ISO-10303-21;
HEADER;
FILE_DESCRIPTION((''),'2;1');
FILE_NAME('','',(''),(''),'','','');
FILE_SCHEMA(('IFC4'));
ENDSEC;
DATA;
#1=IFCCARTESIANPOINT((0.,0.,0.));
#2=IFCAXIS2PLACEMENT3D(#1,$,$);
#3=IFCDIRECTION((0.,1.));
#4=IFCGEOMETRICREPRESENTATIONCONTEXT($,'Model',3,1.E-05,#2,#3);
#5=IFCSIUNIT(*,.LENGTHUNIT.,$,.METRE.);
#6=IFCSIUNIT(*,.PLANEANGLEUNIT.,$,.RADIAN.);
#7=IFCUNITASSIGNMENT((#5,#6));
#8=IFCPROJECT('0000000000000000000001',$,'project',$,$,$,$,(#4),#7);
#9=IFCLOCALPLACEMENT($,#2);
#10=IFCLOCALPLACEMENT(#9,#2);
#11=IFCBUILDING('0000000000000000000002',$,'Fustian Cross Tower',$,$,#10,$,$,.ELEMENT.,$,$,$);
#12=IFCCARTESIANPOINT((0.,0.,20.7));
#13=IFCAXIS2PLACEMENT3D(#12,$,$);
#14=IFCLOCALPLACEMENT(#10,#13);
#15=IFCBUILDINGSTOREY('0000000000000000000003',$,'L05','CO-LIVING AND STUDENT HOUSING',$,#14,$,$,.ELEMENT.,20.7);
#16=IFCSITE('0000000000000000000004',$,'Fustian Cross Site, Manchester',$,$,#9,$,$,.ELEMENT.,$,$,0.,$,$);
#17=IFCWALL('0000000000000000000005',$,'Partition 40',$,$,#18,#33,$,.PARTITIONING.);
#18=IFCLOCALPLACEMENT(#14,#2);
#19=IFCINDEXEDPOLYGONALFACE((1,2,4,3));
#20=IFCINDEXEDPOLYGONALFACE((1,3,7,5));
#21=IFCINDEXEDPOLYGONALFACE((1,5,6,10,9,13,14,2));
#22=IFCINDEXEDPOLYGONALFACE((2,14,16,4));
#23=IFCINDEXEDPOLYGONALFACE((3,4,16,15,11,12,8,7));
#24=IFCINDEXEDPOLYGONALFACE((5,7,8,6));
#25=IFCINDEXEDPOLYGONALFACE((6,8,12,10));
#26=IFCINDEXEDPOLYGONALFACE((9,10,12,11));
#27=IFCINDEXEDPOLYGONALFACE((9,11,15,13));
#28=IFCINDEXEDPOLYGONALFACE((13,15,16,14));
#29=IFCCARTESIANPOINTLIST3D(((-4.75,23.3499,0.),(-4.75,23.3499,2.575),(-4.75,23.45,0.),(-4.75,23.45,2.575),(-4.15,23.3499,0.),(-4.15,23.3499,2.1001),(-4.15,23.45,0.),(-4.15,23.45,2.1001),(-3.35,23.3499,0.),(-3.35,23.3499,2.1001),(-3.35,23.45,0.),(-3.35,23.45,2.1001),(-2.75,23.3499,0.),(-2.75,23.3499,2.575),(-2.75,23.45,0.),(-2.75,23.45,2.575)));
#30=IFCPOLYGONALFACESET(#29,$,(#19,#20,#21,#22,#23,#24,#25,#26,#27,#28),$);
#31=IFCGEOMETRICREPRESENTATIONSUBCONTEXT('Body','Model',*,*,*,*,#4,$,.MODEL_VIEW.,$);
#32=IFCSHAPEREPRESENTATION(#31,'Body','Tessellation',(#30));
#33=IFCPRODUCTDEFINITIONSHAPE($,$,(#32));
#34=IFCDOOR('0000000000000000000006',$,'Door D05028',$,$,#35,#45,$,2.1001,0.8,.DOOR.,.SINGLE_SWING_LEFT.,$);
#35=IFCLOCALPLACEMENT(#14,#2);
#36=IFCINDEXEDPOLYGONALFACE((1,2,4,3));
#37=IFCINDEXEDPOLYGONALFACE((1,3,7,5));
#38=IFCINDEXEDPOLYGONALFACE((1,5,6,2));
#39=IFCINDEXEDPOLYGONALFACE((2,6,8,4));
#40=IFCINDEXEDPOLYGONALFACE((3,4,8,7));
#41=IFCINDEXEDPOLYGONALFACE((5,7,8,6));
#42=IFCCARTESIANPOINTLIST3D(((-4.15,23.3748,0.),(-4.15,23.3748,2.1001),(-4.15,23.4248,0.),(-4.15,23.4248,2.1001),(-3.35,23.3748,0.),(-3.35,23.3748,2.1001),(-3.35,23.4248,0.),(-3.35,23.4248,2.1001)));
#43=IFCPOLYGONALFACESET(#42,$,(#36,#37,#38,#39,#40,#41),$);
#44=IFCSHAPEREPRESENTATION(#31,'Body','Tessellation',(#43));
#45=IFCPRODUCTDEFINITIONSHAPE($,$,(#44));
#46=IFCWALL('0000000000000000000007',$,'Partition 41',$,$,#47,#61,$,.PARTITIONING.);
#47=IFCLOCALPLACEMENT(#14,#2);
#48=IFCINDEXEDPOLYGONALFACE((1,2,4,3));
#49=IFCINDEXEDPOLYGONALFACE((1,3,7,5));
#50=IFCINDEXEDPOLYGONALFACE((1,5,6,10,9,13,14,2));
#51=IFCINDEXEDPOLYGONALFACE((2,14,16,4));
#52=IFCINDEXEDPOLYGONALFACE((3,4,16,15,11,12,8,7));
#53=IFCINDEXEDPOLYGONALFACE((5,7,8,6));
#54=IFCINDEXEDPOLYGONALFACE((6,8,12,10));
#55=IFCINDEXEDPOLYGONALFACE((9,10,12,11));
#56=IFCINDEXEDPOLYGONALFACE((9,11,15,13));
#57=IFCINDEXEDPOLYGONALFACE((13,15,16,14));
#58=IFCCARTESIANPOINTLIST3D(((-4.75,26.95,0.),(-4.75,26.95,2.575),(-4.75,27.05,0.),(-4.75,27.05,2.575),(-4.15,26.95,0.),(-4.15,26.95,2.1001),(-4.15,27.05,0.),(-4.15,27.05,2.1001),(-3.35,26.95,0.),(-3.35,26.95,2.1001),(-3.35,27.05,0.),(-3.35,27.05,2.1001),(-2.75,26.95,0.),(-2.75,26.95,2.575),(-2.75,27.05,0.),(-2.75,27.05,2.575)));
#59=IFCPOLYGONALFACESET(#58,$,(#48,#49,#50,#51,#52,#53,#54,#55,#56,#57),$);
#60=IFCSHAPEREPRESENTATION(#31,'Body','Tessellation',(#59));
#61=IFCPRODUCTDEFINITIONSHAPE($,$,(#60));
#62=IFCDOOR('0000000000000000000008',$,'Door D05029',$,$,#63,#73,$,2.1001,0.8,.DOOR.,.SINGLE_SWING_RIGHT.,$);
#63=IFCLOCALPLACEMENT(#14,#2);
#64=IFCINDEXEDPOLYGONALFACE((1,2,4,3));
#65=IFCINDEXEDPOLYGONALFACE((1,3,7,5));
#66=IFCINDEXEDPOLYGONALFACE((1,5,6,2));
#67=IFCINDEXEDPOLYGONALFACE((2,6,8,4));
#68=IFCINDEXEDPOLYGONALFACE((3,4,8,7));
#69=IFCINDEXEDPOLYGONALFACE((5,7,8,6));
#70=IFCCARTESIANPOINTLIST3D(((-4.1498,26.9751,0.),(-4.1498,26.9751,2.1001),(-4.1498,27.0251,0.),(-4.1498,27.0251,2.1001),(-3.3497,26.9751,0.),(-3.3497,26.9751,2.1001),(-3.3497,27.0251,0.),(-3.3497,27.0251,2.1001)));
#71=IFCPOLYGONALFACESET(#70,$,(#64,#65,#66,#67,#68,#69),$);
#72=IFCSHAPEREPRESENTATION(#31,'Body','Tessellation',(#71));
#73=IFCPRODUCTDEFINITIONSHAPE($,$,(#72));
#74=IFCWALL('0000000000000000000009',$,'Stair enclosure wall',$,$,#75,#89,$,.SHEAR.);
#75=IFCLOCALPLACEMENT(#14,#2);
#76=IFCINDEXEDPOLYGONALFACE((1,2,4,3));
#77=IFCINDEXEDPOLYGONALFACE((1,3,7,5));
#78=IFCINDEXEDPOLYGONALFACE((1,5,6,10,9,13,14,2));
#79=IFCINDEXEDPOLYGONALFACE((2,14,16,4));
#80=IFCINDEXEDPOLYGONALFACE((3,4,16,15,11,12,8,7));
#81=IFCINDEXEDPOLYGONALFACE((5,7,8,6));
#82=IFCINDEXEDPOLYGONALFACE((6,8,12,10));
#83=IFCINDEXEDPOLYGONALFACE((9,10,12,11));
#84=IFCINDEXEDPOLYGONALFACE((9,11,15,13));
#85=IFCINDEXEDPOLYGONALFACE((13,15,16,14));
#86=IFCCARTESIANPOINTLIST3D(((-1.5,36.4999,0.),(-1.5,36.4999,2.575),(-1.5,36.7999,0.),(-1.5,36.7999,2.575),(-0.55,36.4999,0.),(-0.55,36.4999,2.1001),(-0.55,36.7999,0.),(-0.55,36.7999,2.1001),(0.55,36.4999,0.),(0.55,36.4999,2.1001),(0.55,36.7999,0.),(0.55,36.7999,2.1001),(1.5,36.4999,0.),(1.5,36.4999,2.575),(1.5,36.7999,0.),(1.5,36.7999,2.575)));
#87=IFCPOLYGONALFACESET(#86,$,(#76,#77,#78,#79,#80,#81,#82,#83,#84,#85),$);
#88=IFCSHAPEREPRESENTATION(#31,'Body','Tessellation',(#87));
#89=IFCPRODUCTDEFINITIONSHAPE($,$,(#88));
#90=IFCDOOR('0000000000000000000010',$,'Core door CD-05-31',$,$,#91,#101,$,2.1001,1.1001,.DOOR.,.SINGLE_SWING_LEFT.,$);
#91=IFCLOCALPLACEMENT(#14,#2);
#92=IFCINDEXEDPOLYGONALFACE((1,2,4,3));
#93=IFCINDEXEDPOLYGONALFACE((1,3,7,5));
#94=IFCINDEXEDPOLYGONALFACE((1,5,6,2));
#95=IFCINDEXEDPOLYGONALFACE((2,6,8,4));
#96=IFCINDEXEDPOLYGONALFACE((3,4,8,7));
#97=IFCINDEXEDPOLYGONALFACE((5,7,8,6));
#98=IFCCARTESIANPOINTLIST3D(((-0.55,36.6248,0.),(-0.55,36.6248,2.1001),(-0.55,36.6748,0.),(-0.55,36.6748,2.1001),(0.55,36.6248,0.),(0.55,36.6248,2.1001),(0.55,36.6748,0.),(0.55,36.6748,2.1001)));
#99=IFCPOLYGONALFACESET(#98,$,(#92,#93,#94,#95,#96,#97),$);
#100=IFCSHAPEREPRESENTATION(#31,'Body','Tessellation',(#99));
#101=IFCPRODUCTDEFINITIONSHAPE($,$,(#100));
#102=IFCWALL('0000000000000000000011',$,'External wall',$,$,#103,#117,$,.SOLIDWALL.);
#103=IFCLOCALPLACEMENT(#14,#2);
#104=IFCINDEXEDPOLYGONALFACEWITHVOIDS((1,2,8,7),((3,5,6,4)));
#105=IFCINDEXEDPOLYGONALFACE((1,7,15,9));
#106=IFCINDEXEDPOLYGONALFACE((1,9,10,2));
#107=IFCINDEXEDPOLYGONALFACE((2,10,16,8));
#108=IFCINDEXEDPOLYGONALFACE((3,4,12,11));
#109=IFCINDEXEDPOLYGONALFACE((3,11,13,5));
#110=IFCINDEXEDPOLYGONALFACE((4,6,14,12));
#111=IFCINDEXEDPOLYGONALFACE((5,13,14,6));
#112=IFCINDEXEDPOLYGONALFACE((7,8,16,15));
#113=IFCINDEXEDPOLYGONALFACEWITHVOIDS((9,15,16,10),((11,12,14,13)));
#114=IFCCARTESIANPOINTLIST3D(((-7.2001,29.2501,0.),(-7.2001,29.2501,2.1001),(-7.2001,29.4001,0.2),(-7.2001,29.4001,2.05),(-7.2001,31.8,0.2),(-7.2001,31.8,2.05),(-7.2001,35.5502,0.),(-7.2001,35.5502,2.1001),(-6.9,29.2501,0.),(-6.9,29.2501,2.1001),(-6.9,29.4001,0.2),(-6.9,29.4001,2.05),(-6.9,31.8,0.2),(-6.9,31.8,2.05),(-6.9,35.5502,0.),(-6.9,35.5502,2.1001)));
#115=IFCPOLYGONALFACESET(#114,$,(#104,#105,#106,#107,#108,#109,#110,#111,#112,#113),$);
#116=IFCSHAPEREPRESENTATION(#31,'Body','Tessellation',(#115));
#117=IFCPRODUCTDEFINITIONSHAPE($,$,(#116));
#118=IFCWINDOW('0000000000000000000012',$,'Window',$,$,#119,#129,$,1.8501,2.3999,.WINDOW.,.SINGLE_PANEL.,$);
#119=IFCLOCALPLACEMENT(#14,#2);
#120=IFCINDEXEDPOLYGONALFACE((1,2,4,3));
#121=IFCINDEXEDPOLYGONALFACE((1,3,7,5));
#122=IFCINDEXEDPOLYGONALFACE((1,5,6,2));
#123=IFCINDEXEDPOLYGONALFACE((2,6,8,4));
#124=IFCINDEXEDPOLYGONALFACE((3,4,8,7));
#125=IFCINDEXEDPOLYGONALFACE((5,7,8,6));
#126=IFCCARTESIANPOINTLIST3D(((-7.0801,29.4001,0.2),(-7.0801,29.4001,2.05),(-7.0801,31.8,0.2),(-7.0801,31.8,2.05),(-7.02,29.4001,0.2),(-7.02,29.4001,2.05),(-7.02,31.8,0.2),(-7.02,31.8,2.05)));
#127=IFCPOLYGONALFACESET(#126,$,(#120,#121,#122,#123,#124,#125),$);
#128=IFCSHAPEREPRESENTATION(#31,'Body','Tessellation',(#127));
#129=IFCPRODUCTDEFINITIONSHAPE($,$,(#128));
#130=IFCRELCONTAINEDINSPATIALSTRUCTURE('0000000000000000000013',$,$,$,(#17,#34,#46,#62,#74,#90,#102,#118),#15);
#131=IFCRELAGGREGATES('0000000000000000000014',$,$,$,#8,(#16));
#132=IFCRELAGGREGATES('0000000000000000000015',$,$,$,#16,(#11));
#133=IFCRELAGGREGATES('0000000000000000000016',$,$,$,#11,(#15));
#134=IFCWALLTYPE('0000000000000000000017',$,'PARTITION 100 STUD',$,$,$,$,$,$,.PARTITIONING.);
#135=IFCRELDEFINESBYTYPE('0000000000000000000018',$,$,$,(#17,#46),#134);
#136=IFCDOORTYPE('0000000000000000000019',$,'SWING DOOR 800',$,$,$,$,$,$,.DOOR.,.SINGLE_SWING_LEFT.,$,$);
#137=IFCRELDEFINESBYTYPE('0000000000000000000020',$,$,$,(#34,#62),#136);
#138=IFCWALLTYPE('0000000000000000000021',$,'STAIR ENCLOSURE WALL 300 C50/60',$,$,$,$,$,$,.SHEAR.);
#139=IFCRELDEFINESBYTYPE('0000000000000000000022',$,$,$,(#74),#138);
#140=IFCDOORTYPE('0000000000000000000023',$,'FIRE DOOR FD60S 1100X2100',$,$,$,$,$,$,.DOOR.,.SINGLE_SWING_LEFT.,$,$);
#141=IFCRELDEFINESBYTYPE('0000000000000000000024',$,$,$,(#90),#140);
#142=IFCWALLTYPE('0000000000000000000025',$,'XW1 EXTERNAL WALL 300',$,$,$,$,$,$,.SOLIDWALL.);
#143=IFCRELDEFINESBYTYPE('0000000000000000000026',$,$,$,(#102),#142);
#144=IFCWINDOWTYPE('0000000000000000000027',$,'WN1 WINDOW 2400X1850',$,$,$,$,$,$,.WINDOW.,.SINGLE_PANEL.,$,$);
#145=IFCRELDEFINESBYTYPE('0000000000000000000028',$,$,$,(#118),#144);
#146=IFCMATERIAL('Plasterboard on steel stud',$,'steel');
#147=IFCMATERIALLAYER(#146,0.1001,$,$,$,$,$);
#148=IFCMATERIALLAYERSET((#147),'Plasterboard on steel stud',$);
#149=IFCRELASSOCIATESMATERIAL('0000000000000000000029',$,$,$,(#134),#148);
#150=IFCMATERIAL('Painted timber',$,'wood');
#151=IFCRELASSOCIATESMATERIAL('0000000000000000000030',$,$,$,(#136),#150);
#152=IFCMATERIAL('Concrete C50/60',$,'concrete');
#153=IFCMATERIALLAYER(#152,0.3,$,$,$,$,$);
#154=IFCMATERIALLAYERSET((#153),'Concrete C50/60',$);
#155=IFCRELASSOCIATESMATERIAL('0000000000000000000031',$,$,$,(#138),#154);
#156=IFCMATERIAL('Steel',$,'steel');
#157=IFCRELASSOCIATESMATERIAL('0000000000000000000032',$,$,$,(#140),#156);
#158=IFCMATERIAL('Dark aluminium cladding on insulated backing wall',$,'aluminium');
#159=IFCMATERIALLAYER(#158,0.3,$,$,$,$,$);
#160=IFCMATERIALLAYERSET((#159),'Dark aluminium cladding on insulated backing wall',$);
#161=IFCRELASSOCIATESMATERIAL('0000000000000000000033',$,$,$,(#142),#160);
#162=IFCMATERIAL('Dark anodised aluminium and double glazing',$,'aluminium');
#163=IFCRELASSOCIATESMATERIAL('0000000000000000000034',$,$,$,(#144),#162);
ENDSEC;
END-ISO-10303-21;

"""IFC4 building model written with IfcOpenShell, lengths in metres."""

from ifc_helpers import new_model, si_unit, direction, frame, frame_2d, origin, place, context, subcontext, project, spatial, rectangle, extrude, material, layer, layer_set, type_object, element, fill, save


model = new_model("IFC4")

# Units and contexts
model_context = context("Model", 3, precision=1e-05, world=origin(), true_north=direction((0.0, 1.0)))
body_context = subcontext(model_context, "Body", "Model", "MODEL_VIEW")
ifc_project = project(units=[si_unit("LENGTHUNIT", "METRE"), si_unit("PLANEANGLEUNIT", "RADIAN")], contexts=[model_context])

# Site, building, storey
site_placement = place(None, origin())
site = spatial("IfcSite", under=ifc_project, at=site_placement, Name="Fustian Cross Site, Manchester", CompositionType="ELEMENT", RefElevation=0.0)
building_placement = place(site_placement, origin())
building = spatial("IfcBuilding", under=site, at=building_placement, Name="Fustian Cross Tower", CompositionType="ELEMENT")
storey_placement = place(building_placement, frame((0.0, 0.0, 20.7)))
storey = spatial("IfcBuildingStorey", under=building, at=storey_placement, Name="L05", Description="CO-LIVING AND STUDENT HOUSING", CompositionType="ELEMENT", Elevation=20.7)

# Shared definitions
ifc_material_1 = material(Name="Plasterboard on steel stud", Category="steel")
ifc_layer_1 = layer(ifc_material_1, 0.1001)
ifc_layer_set_1 = layer_set([ifc_layer_1], Name="Plasterboard on steel stud")
wall_type_1 = type_object("IfcWallType", Name="PARTITION 100 STUD", PredefinedType="PARTITIONING", material=ifc_layer_set_1)

# Shared definitions
ifc_material_2 = material(Name="Painted timber", Category="wood")
door_type_1 = type_object("IfcDoorType", Name="SWING DOOR 800", OperationType="SINGLE_SWING_LEFT", PredefinedType="DOOR", material=ifc_material_2)

# Walls, openings, doors
wall_1_placement = place(storey_placement, frame((-4.75, 23.3999, 0.0), z_axis=(0.0, 0.0, 1.0), x_axis=(1.0, 0.0, 0.0)))
wall_1 = element("IfcWall", 1, at=wall_1_placement, inside=storey, type_object=wall_type_1, Name="Partition 40", PredefinedType="PARTITIONING", context=body_context, shape_type="SweptSolid", body=[
    extrude(rectangle(XDim=2.0, YDim=0.1001, at=frame_2d((1.0, 0.0))), origin(), (0.0, 0.0, 1.0), 2.575),
])
opening_1_placement = place(wall_1_placement, frame((0.6001, 0.0, 0.0)))
opening_1 = element("IfcOpeningElement", 2, at=opening_1_placement, cuts=wall_1, PredefinedType="OPENING", context=body_context, shape_type="SweptSolid", body=[
    extrude(rectangle(XDim=0.8, YDim=2.1001, at=frame_2d((0.3999, 1.05))), frame((0.0, 0.0601, 0.0), z_axis=(0.0, -1.0, 0.0), x_axis=(1.0, 0.0, 0.0)), (0.0, 0.0, 1.0), 0.1201),
])
door_1_placement = place(opening_1_placement, origin())
door_1 = element("IfcDoor", 3, at=door_1_placement, inside=storey, type_object=door_type_1, Name="Door D05028", OperationType="SINGLE_SWING_LEFT", OverallHeight=2.1001, OverallWidth=0.8, PredefinedType="DOOR", context=body_context, shape_type="SweptSolid", body=[
    extrude(rectangle(XDim=0.8, YDim=2.1001, at=frame_2d((0.3999, 1.05))), frame((0.0, 0.0249, 0.0), z_axis=(0.0, -1.0, 0.0), x_axis=(1.0, 0.0, 0.0)), (0.0, 0.0, 1.0), 0.05),
])
fill(opening_1, door_1)
wall_2_placement = place(storey_placement, frame((-4.75, 27.0, 0.0), z_axis=(0.0, 0.0, 1.0), x_axis=(1.0, 0.0, 0.0)))
wall_2 = element("IfcWall", 4, at=wall_2_placement, inside=storey, type_object=wall_type_1, Name="Partition 41", PredefinedType="PARTITIONING", context=body_context, shape_type="SweptSolid", body=[
    extrude(rectangle(XDim=2.0, YDim=0.1001, at=frame_2d((1.0, 0.0))), origin(), (0.0, 0.0, 1.0), 2.575),
])
opening_2_placement = place(wall_2_placement, frame((0.6001, 0.0, 0.0)))
opening_2 = element("IfcOpeningElement", 5, at=opening_2_placement, cuts=wall_2, PredefinedType="OPENING", context=body_context, shape_type="SweptSolid", body=[
    extrude(rectangle(XDim=0.8, YDim=2.1001, at=frame_2d((0.3999, 1.05))), frame((0.0, 0.0601, 0.0), z_axis=(0.0, -1.0, 0.0), x_axis=(1.0, 0.0, 0.0)), (0.0, 0.0, 1.0), 0.1201),
])
door_2_placement = place(opening_2_placement, frame((0.8, 0.0, 0.0), z_axis=(0.0, 0.0, 1.0), x_axis=(-1.0, 0.0, 0.0)))
door_2 = element("IfcDoor", 6, at=door_2_placement, inside=storey, type_object=door_type_1, Name="Door D05029", OperationType="SINGLE_SWING_RIGHT", OverallHeight=2.1001, OverallWidth=0.8, PredefinedType="DOOR", context=body_context, shape_type="SweptSolid", body=[
    extrude(rectangle(XDim=0.8, YDim=2.1001, at=frame_2d((0.3999, 1.05))), frame((0.0, 0.0249, 0.0), z_axis=(0.0, -1.0, 0.0), x_axis=(1.0, 0.0, 0.0)), (0.0, 0.0, 1.0), 0.05),
])
fill(opening_2, door_2)
ifc_material_3 = material(Name="Concrete C50/60", Category="concrete")
ifc_layer_2 = layer(ifc_material_3, 0.3)
ifc_layer_set_2 = layer_set([ifc_layer_2], Name="Concrete C50/60")
wall_type_2 = type_object("IfcWallType", Name="STAIR ENCLOSURE WALL 300 C50/60", PredefinedType="SHEAR", material=ifc_layer_set_2)
wall_3_placement = place(storey_placement, frame((-1.5, 36.6499, 0.0), z_axis=(0.0, 0.0, 1.0), x_axis=(1.0, 0.0, 0.0)))
wall_3 = element("IfcWall", 7, at=wall_3_placement, inside=storey, type_object=wall_type_2, Name="Stair enclosure wall", PredefinedType="SHEAR", context=body_context, shape_type="SweptSolid", body=[
    extrude(rectangle(XDim=3.0, YDim=0.3, at=frame_2d((1.5, 0.0))), origin(), (0.0, 0.0, 1.0), 2.575),
])
opening_3_placement = place(wall_3_placement, frame((0.95, 0.0, 0.0)))
opening_3 = element("IfcOpeningElement", 8, at=opening_3_placement, cuts=wall_3, PredefinedType="OPENING", context=body_context, shape_type="SweptSolid", body=[
    extrude(rectangle(XDim=1.1001, YDim=2.1001, at=frame_2d((0.55, 1.05))), frame((0.0, 0.1599, 0.0), z_axis=(0.0, -1.0, 0.0), x_axis=(1.0, 0.0, 0.0)), (0.0, 0.0, 1.0), 0.3201),
])
ifc_material_4 = material(Name="Steel", Category="steel")
door_type_2 = type_object("IfcDoorType", Name="FIRE DOOR FD60S 1100X2100", OperationType="SINGLE_SWING_LEFT", PredefinedType="DOOR", material=ifc_material_4)
door_3_placement = place(opening_3_placement, origin())
door_3 = element("IfcDoor", 9, at=door_3_placement, inside=storey, type_object=door_type_2, Name="Core door CD-05-31", OperationType="SINGLE_SWING_LEFT", OverallHeight=2.1001, OverallWidth=1.1001, PredefinedType="DOOR", context=body_context, shape_type="SweptSolid", body=[
    extrude(rectangle(XDim=1.1001, YDim=2.1001, at=frame_2d((0.55, 1.05))), frame((0.0, 0.0249, 0.0), z_axis=(0.0, -1.0, 0.0), x_axis=(1.0, 0.0, 0.0)), (0.0, 0.0, 1.0), 0.05),
])
fill(opening_3, door_3)

# Wall, opening, window
ifc_material_5 = material(Name="Dark aluminium cladding on insulated backing wall", Category="aluminium")
ifc_layer_3 = layer(ifc_material_5, 0.3)
ifc_layer_set_3 = layer_set([ifc_layer_3], Name="Dark aluminium cladding on insulated backing wall")
wall_type_3 = type_object("IfcWallType", Name="XW1 EXTERNAL WALL 300", PredefinedType="SOLIDWALL", material=ifc_layer_set_3)
wall_4_placement = place(storey_placement, frame((-7.05, 35.55, 0.0), z_axis=(0.0, 0.0, 1.0), x_axis=(0.0, -1.0, 0.0)))
wall_4 = element("IfcWall", 10, at=wall_4_placement, inside=storey, type_object=wall_type_3, Name="External wall", PredefinedType="SOLIDWALL", context=body_context, shape_type="SweptSolid", body=[
    extrude(rectangle(XDim=6.3, YDim=0.3, at=frame_2d((3.1499, 0.0))), origin(), (0.0, 0.0, 1.0), 2.1001),
])
opening_4_placement = place(wall_4_placement, frame((3.75, 0.0, 0.2)))
opening_4 = element("IfcOpeningElement", 11, at=opening_4_placement, cuts=wall_4, PredefinedType="OPENING", context=body_context, shape_type="SweptSolid", body=[
    extrude(rectangle(XDim=2.3999, YDim=1.8501, at=frame_2d((1.2, 0.925))), frame((0.0, 0.1599, 0.0), z_axis=(0.0, -1.0, 0.0), x_axis=(1.0, 0.0, 0.0)), (0.0, 0.0, 1.0), 0.3201),
])
ifc_material_6 = material(Name="Dark anodised aluminium and double glazing", Category="aluminium")
window_type = type_object("IfcWindowType", Name="WN1 WINDOW 2400X1850", PartitioningType="SINGLE_PANEL", PredefinedType="WINDOW", material=ifc_material_6)
window_1_placement = place(opening_4_placement, origin())
window_1 = element("IfcWindow", 12, at=window_1_placement, inside=storey, type_object=window_type, Name="Window", OverallHeight=1.8501, OverallWidth=2.3999, PartitioningType="SINGLE_PANEL", PredefinedType="WINDOW", context=body_context, shape_type="SweptSolid", body=[
    extrude(rectangle(XDim=2.3999, YDim=1.8501, at=frame_2d((1.2, 0.925))), frame((0.0, 0.03, 0.0), z_axis=(0.0, -1.0, 0.0), x_axis=(1.0, 0.0, 0.0)), (0.0, 0.0, 1.0), 0.0601),
])
fill(opening_4, window_1)

save(model, "model.ifc")
